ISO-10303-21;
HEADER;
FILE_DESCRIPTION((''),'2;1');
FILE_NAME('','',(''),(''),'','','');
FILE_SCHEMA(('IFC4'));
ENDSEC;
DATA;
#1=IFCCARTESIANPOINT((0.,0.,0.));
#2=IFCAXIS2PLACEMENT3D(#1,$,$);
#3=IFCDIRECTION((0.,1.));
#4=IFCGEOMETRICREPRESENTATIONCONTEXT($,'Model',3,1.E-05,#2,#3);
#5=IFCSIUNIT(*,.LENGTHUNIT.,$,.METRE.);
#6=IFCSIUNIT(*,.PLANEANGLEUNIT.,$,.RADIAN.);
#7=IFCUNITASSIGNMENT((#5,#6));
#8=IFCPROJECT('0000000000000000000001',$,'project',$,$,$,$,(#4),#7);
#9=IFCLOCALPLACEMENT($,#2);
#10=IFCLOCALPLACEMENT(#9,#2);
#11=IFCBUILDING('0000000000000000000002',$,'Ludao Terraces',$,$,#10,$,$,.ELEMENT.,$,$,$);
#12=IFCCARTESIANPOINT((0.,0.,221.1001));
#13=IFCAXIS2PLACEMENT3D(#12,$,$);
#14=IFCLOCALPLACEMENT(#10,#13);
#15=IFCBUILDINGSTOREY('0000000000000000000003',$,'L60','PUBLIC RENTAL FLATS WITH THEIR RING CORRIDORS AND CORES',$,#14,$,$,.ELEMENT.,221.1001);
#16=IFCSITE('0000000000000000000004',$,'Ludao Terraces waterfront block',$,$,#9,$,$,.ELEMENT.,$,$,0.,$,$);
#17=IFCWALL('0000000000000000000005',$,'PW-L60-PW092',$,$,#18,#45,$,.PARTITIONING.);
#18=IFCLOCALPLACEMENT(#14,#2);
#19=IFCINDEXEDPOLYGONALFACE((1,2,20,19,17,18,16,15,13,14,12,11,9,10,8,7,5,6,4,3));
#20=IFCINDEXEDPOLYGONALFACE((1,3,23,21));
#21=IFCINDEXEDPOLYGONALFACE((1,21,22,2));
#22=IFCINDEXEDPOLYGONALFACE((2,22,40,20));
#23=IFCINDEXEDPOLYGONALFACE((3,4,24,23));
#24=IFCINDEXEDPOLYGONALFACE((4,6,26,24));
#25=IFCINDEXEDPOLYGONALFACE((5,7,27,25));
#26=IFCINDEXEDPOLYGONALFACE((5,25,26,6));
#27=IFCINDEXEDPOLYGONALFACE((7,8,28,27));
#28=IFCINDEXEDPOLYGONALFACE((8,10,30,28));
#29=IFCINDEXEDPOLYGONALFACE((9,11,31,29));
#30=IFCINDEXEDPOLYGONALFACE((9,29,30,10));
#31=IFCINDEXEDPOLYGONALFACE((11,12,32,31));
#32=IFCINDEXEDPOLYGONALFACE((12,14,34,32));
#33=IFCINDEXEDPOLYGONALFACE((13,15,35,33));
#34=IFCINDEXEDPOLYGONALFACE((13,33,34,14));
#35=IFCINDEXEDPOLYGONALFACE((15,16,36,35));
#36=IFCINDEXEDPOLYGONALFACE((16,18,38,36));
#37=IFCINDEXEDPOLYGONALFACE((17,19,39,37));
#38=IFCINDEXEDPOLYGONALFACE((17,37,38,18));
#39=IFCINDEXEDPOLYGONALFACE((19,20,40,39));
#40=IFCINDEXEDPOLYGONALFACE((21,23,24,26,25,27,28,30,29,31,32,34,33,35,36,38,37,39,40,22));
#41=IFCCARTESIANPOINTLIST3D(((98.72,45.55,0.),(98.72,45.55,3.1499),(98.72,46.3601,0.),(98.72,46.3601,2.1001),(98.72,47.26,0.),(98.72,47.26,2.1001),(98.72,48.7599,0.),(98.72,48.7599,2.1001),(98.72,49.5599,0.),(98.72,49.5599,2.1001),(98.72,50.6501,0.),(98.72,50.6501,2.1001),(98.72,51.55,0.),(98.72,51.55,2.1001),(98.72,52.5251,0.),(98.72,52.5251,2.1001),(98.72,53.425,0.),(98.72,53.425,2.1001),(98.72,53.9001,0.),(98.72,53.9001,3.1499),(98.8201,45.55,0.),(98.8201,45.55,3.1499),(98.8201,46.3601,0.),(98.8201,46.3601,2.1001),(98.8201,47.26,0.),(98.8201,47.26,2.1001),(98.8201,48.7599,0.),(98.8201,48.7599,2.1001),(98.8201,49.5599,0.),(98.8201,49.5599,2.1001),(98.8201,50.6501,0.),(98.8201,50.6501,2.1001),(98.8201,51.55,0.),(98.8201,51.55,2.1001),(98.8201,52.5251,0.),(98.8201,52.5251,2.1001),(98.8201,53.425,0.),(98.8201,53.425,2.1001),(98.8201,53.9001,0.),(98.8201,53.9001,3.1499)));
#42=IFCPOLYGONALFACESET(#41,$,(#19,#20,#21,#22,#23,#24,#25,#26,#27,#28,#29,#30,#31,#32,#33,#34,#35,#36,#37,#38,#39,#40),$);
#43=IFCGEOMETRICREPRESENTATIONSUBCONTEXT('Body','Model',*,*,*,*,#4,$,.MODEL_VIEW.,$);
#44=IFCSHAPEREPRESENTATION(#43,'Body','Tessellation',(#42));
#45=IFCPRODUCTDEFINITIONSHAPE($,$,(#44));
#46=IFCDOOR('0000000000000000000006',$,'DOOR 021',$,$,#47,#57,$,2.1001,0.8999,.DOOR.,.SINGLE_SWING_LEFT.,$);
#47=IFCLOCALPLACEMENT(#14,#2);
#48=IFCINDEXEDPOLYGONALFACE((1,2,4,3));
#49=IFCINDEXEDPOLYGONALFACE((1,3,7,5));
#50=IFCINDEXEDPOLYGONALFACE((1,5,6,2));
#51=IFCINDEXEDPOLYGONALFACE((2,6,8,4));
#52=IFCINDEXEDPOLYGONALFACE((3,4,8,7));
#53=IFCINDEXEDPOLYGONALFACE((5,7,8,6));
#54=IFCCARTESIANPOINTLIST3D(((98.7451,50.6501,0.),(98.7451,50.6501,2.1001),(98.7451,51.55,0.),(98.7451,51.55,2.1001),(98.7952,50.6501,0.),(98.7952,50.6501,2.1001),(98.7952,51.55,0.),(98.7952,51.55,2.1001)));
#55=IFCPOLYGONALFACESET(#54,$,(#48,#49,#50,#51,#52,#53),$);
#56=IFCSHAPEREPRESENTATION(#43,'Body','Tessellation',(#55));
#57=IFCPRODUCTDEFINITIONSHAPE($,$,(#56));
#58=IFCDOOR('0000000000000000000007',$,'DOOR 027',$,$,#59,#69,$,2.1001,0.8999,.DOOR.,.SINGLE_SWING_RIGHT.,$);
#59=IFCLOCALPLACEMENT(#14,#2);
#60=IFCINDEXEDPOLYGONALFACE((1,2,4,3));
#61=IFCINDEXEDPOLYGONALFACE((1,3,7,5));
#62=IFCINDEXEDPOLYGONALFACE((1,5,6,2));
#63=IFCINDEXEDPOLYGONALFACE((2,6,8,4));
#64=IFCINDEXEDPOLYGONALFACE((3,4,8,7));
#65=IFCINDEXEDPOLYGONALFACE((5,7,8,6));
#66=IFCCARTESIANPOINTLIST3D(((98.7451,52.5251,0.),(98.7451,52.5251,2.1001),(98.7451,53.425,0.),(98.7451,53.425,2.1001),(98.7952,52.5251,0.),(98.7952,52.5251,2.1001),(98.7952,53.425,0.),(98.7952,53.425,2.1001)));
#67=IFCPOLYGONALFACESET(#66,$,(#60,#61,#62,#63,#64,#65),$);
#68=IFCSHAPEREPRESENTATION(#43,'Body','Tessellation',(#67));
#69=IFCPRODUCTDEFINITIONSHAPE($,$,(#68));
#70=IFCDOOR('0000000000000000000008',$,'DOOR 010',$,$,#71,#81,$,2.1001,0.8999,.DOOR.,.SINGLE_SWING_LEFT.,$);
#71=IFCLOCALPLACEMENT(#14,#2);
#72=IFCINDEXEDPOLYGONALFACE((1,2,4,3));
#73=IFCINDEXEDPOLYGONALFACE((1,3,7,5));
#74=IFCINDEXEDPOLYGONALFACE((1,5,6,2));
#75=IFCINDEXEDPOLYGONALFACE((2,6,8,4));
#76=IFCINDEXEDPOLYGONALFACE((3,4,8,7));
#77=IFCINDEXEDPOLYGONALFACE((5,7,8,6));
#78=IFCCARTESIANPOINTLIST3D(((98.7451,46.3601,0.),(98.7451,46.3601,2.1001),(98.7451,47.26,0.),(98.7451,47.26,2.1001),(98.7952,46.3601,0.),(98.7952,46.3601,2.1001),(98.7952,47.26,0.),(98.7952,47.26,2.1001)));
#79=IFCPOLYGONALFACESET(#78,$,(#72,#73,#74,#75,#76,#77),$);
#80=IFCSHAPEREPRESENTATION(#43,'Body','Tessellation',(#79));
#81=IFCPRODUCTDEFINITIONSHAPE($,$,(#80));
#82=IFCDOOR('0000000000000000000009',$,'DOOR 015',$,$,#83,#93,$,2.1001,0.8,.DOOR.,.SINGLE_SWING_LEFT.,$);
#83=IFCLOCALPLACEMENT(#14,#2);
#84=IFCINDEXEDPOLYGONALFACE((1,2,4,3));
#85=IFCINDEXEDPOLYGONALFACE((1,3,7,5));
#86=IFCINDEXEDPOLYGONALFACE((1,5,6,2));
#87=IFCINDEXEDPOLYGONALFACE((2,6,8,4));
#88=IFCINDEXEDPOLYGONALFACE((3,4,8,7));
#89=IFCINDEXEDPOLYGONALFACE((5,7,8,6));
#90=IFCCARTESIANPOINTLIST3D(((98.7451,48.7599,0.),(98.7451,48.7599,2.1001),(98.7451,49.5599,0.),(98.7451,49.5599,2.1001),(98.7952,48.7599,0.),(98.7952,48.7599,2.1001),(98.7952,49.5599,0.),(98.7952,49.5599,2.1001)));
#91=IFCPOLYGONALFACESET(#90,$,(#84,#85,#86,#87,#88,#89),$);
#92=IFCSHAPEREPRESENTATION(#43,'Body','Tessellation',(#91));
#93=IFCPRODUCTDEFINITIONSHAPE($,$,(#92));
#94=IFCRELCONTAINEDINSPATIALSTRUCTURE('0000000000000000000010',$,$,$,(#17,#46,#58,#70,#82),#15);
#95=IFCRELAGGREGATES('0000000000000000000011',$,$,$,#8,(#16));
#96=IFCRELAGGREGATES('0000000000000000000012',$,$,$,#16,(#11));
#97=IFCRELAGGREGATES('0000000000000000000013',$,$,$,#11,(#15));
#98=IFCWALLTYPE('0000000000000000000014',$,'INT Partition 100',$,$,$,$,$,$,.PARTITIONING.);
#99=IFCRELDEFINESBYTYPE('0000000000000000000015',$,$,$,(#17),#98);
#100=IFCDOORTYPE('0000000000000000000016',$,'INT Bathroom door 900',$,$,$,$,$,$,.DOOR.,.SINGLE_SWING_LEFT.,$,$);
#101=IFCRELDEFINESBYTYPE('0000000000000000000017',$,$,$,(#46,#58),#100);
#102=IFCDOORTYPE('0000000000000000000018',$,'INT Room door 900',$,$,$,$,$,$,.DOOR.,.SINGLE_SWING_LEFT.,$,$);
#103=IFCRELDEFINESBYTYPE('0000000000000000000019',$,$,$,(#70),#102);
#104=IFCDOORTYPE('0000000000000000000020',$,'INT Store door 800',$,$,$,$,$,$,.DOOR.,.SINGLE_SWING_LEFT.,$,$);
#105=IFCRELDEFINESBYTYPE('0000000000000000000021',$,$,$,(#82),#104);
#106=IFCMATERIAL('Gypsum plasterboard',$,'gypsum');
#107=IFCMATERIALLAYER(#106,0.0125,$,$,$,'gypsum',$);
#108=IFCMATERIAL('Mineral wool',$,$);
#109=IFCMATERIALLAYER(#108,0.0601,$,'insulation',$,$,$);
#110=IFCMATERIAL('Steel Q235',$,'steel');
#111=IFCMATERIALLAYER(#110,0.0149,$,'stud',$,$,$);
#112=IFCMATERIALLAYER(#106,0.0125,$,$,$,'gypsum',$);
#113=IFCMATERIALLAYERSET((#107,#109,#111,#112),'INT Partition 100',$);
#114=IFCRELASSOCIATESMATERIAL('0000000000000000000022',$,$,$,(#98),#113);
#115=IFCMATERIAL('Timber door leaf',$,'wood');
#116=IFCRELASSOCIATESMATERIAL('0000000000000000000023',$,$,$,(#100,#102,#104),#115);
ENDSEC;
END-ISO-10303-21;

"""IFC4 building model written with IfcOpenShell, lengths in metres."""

from ifc_helpers import new_model, si_unit, direction, frame, frame_2d, origin, place, context, subcontext, project, spatial, rectangle, extrude, material, layer, layer_set, type_object, element, fill, save


model = new_model("IFC4")

# Units and contexts
model_context = context("Model", 3, precision=1e-05, world=origin(), true_north=direction((0.0, 1.0)))
body_context = subcontext(model_context, "Body", "Model", "MODEL_VIEW")
ifc_project = project(units=[si_unit("LENGTHUNIT", "METRE"), si_unit("PLANEANGLEUNIT", "RADIAN")], contexts=[model_context])

# Site, building, storey
site_placement = place(None, origin())
site = spatial("IfcSite", under=ifc_project, at=site_placement, Name="Ludao Terraces waterfront block", CompositionType="ELEMENT", RefElevation=0.0)
building_placement = place(site_placement, origin())
building = spatial("IfcBuilding", under=site, at=building_placement, Name="Ludao Terraces", CompositionType="ELEMENT")
storey_placement = place(building_placement, frame((0.0, 0.0, 221.1001)))
storey = spatial("IfcBuildingStorey", under=building, at=storey_placement, Name="L60", Description="PUBLIC RENTAL FLATS WITH THEIR RING CORRIDORS AND CORES", CompositionType="ELEMENT", Elevation=221.1001)

# Shared definitions
ifc_material_1 = material(Name="Steel Q235", Category="steel")

# Shared definitions
ifc_material_2 = material(Name="Gypsum plasterboard", Category="gypsum")
ifc_layer_1 = layer(ifc_material_2, 0.0125, Category="gypsum")
ifc_material_3 = material(Name="Mineral wool")
ifc_layer_2 = layer(ifc_material_3, 0.0601, Name="insulation")
ifc_layer_3 = layer(ifc_material_1, 0.0149, Name="stud")
ifc_layer_4 = layer(ifc_material_2, 0.0125, Category="gypsum")
ifc_layer_set_1 = layer_set([ifc_layer_1, ifc_layer_2, ifc_layer_3, ifc_layer_4], Name="INT Partition 100")
wall_type_1 = type_object("IfcWallType", Name="INT Partition 100", PredefinedType="PARTITIONING", material=ifc_layer_set_1)

# Wall, openings, doors
wall_1_placement = place(storey_placement, frame((98.77, 45.55, 0.0), z_axis=(0.0, 0.0, 1.0), x_axis=(0.0, 1.0, 0.0)))
wall_1 = element("IfcWall", 1, at=wall_1_placement, inside=storey, type_object=wall_type_1, Name="PW-L60-PW092", PredefinedType="PARTITIONING", context=body_context, shape_type="SweptSolid", body=[
    extrude(rectangle(XDim=8.3501, YDim=0.1001, at=frame_2d((4.175, 0.0))), origin(), (0.0, 0.0, 1.0), 3.1499),
])
opening_1_placement = place(wall_1_placement, frame((0.8101, 0.0, 0.0)))
opening_1 = element("IfcOpeningElement", 2, at=opening_1_placement, cuts=wall_1, PredefinedType="OPENING", context=body_context, shape_type="SweptSolid", body=[
    extrude(rectangle(XDim=0.8999, YDim=2.1001, at=frame_2d((0.45, 1.05))), frame((0.0, 0.0601, 0.0), z_axis=(0.0, -1.0, 0.0), x_axis=(1.0, 0.0, 0.0)), (0.0, 0.0, 1.0), 0.1201),
])
opening_2_placement = place(wall_1_placement, frame((3.21, 0.0, 0.0)))
opening_2 = element("IfcOpeningElement", 3, at=opening_2_placement, cuts=wall_1, PredefinedType="OPENING", context=body_context, shape_type="SweptSolid", body=[
    extrude(rectangle(XDim=0.8, YDim=2.1001, at=frame_2d((0.3999, 1.05))), frame((0.0, 0.0601, 0.0), z_axis=(0.0, -1.0, 0.0), x_axis=(1.0, 0.0, 0.0)), (0.0, 0.0, 1.0), 0.1201),
])
opening_3_placement = place(wall_1_placement, frame((5.1001, 0.0, 0.0)))
opening_3 = element("IfcOpeningElement", 4, at=opening_3_placement, cuts=wall_1, PredefinedType="OPENING", context=body_context, shape_type="SweptSolid", body=[
    extrude(rectangle(XDim=0.8999, YDim=2.1001, at=frame_2d((0.45, 1.05))), frame((0.0, 0.0601, 0.0), z_axis=(0.0, -1.0, 0.0), x_axis=(1.0, 0.0, 0.0)), (0.0, 0.0, 1.0), 0.1201),
])
opening_4_placement = place(wall_1_placement, frame((6.9751, 0.0, 0.0)))
opening_4 = element("IfcOpeningElement", 5, at=opening_4_placement, cuts=wall_1, PredefinedType="OPENING", context=body_context, shape_type="SweptSolid", body=[
    extrude(rectangle(XDim=0.8999, YDim=2.1001, at=frame_2d((0.45, 1.05))), frame((0.0, 0.0601, 0.0), z_axis=(0.0, -1.0, 0.0), x_axis=(1.0, 0.0, 0.0)), (0.0, 0.0, 1.0), 0.1201),
])
ifc_material_4 = material(Name="Timber door leaf", Category="wood")
door_type_1 = type_object("IfcDoorType", Name="INT Bathroom door 900", OperationType="SINGLE_SWING_LEFT", PredefinedType="DOOR", material=ifc_material_4)
door_1_placement = place(opening_3_placement, origin())
door_1 = element("IfcDoor", 6, at=door_1_placement, inside=storey, type_object=door_type_1, Name="DOOR 021", OperationType="SINGLE_SWING_LEFT", OverallHeight=2.1001, OverallWidth=0.8999, PredefinedType="DOOR", context=body_context, shape_type="SweptSolid", body=[
    extrude(rectangle(XDim=0.8999, YDim=2.1001, at=frame_2d((0.45, 1.05))), frame((0.0, 0.0249, 0.0), z_axis=(0.0, -1.0, 0.0), x_axis=(1.0, 0.0, 0.0)), (0.0, 0.0, 1.0), 0.05),
])
fill(opening_3, door_1)
door_2_placement = place(opening_4_placement, origin())
door_2 = element("IfcDoor", 7, at=door_2_placement, inside=storey, type_object=door_type_1, Name="DOOR 027", OperationType="SINGLE_SWING_RIGHT", OverallHeight=2.1001, OverallWidth=0.8999, PredefinedType="DOOR", context=body_context, shape_type="SweptSolid", body=[
    extrude(rectangle(XDim=0.8999, YDim=2.1001, at=frame_2d((0.45, 1.05))), frame((0.0, 0.0249, 0.0), z_axis=(0.0, -1.0, 0.0), x_axis=(1.0, 0.0, 0.0)), (0.0, 0.0, 1.0), 0.05),
])
fill(opening_4, door_2)
door_type_2 = type_object("IfcDoorType", Name="INT Room door 900", OperationType="SINGLE_SWING_LEFT", PredefinedType="DOOR", material=ifc_material_4)
door_3_placement = place(opening_1_placement, origin())
door_3 = element("IfcDoor", 8, at=door_3_placement, inside=storey, type_object=door_type_2, Name="DOOR 010", OperationType="SINGLE_SWING_LEFT", OverallHeight=2.1001, OverallWidth=0.8999, PredefinedType="DOOR", context=body_context, shape_type="SweptSolid", body=[
    extrude(rectangle(XDim=0.8999, YDim=2.1001, at=frame_2d((0.45, 1.05))), frame((0.0, 0.0249, 0.0), z_axis=(0.0, -1.0, 0.0), x_axis=(1.0, 0.0, 0.0)), (0.0, 0.0, 1.0), 0.05),
])
fill(opening_1, door_3)
door_type_3 = type_object("IfcDoorType", Name="INT Store door 800", OperationType="SINGLE_SWING_LEFT", PredefinedType="DOOR", material=ifc_material_4)
door_4_placement = place(opening_2_placement, origin())
door_4 = element("IfcDoor", 9, at=door_4_placement, inside=storey, type_object=door_type_3, Name="DOOR 015", OperationType="SINGLE_SWING_LEFT", OverallHeight=2.1001, OverallWidth=0.8, PredefinedType="DOOR", context=body_context, shape_type="SweptSolid", body=[
    extrude(rectangle(XDim=0.8, YDim=2.1001, at=frame_2d((0.3999, 1.05))), frame((0.0, 0.0249, 0.0), z_axis=(0.0, -1.0, 0.0), x_axis=(1.0, 0.0, 0.0)), (0.0, 0.0, 1.0), 0.05),
])
fill(opening_2, door_4)

save(model, "model.ifc")
